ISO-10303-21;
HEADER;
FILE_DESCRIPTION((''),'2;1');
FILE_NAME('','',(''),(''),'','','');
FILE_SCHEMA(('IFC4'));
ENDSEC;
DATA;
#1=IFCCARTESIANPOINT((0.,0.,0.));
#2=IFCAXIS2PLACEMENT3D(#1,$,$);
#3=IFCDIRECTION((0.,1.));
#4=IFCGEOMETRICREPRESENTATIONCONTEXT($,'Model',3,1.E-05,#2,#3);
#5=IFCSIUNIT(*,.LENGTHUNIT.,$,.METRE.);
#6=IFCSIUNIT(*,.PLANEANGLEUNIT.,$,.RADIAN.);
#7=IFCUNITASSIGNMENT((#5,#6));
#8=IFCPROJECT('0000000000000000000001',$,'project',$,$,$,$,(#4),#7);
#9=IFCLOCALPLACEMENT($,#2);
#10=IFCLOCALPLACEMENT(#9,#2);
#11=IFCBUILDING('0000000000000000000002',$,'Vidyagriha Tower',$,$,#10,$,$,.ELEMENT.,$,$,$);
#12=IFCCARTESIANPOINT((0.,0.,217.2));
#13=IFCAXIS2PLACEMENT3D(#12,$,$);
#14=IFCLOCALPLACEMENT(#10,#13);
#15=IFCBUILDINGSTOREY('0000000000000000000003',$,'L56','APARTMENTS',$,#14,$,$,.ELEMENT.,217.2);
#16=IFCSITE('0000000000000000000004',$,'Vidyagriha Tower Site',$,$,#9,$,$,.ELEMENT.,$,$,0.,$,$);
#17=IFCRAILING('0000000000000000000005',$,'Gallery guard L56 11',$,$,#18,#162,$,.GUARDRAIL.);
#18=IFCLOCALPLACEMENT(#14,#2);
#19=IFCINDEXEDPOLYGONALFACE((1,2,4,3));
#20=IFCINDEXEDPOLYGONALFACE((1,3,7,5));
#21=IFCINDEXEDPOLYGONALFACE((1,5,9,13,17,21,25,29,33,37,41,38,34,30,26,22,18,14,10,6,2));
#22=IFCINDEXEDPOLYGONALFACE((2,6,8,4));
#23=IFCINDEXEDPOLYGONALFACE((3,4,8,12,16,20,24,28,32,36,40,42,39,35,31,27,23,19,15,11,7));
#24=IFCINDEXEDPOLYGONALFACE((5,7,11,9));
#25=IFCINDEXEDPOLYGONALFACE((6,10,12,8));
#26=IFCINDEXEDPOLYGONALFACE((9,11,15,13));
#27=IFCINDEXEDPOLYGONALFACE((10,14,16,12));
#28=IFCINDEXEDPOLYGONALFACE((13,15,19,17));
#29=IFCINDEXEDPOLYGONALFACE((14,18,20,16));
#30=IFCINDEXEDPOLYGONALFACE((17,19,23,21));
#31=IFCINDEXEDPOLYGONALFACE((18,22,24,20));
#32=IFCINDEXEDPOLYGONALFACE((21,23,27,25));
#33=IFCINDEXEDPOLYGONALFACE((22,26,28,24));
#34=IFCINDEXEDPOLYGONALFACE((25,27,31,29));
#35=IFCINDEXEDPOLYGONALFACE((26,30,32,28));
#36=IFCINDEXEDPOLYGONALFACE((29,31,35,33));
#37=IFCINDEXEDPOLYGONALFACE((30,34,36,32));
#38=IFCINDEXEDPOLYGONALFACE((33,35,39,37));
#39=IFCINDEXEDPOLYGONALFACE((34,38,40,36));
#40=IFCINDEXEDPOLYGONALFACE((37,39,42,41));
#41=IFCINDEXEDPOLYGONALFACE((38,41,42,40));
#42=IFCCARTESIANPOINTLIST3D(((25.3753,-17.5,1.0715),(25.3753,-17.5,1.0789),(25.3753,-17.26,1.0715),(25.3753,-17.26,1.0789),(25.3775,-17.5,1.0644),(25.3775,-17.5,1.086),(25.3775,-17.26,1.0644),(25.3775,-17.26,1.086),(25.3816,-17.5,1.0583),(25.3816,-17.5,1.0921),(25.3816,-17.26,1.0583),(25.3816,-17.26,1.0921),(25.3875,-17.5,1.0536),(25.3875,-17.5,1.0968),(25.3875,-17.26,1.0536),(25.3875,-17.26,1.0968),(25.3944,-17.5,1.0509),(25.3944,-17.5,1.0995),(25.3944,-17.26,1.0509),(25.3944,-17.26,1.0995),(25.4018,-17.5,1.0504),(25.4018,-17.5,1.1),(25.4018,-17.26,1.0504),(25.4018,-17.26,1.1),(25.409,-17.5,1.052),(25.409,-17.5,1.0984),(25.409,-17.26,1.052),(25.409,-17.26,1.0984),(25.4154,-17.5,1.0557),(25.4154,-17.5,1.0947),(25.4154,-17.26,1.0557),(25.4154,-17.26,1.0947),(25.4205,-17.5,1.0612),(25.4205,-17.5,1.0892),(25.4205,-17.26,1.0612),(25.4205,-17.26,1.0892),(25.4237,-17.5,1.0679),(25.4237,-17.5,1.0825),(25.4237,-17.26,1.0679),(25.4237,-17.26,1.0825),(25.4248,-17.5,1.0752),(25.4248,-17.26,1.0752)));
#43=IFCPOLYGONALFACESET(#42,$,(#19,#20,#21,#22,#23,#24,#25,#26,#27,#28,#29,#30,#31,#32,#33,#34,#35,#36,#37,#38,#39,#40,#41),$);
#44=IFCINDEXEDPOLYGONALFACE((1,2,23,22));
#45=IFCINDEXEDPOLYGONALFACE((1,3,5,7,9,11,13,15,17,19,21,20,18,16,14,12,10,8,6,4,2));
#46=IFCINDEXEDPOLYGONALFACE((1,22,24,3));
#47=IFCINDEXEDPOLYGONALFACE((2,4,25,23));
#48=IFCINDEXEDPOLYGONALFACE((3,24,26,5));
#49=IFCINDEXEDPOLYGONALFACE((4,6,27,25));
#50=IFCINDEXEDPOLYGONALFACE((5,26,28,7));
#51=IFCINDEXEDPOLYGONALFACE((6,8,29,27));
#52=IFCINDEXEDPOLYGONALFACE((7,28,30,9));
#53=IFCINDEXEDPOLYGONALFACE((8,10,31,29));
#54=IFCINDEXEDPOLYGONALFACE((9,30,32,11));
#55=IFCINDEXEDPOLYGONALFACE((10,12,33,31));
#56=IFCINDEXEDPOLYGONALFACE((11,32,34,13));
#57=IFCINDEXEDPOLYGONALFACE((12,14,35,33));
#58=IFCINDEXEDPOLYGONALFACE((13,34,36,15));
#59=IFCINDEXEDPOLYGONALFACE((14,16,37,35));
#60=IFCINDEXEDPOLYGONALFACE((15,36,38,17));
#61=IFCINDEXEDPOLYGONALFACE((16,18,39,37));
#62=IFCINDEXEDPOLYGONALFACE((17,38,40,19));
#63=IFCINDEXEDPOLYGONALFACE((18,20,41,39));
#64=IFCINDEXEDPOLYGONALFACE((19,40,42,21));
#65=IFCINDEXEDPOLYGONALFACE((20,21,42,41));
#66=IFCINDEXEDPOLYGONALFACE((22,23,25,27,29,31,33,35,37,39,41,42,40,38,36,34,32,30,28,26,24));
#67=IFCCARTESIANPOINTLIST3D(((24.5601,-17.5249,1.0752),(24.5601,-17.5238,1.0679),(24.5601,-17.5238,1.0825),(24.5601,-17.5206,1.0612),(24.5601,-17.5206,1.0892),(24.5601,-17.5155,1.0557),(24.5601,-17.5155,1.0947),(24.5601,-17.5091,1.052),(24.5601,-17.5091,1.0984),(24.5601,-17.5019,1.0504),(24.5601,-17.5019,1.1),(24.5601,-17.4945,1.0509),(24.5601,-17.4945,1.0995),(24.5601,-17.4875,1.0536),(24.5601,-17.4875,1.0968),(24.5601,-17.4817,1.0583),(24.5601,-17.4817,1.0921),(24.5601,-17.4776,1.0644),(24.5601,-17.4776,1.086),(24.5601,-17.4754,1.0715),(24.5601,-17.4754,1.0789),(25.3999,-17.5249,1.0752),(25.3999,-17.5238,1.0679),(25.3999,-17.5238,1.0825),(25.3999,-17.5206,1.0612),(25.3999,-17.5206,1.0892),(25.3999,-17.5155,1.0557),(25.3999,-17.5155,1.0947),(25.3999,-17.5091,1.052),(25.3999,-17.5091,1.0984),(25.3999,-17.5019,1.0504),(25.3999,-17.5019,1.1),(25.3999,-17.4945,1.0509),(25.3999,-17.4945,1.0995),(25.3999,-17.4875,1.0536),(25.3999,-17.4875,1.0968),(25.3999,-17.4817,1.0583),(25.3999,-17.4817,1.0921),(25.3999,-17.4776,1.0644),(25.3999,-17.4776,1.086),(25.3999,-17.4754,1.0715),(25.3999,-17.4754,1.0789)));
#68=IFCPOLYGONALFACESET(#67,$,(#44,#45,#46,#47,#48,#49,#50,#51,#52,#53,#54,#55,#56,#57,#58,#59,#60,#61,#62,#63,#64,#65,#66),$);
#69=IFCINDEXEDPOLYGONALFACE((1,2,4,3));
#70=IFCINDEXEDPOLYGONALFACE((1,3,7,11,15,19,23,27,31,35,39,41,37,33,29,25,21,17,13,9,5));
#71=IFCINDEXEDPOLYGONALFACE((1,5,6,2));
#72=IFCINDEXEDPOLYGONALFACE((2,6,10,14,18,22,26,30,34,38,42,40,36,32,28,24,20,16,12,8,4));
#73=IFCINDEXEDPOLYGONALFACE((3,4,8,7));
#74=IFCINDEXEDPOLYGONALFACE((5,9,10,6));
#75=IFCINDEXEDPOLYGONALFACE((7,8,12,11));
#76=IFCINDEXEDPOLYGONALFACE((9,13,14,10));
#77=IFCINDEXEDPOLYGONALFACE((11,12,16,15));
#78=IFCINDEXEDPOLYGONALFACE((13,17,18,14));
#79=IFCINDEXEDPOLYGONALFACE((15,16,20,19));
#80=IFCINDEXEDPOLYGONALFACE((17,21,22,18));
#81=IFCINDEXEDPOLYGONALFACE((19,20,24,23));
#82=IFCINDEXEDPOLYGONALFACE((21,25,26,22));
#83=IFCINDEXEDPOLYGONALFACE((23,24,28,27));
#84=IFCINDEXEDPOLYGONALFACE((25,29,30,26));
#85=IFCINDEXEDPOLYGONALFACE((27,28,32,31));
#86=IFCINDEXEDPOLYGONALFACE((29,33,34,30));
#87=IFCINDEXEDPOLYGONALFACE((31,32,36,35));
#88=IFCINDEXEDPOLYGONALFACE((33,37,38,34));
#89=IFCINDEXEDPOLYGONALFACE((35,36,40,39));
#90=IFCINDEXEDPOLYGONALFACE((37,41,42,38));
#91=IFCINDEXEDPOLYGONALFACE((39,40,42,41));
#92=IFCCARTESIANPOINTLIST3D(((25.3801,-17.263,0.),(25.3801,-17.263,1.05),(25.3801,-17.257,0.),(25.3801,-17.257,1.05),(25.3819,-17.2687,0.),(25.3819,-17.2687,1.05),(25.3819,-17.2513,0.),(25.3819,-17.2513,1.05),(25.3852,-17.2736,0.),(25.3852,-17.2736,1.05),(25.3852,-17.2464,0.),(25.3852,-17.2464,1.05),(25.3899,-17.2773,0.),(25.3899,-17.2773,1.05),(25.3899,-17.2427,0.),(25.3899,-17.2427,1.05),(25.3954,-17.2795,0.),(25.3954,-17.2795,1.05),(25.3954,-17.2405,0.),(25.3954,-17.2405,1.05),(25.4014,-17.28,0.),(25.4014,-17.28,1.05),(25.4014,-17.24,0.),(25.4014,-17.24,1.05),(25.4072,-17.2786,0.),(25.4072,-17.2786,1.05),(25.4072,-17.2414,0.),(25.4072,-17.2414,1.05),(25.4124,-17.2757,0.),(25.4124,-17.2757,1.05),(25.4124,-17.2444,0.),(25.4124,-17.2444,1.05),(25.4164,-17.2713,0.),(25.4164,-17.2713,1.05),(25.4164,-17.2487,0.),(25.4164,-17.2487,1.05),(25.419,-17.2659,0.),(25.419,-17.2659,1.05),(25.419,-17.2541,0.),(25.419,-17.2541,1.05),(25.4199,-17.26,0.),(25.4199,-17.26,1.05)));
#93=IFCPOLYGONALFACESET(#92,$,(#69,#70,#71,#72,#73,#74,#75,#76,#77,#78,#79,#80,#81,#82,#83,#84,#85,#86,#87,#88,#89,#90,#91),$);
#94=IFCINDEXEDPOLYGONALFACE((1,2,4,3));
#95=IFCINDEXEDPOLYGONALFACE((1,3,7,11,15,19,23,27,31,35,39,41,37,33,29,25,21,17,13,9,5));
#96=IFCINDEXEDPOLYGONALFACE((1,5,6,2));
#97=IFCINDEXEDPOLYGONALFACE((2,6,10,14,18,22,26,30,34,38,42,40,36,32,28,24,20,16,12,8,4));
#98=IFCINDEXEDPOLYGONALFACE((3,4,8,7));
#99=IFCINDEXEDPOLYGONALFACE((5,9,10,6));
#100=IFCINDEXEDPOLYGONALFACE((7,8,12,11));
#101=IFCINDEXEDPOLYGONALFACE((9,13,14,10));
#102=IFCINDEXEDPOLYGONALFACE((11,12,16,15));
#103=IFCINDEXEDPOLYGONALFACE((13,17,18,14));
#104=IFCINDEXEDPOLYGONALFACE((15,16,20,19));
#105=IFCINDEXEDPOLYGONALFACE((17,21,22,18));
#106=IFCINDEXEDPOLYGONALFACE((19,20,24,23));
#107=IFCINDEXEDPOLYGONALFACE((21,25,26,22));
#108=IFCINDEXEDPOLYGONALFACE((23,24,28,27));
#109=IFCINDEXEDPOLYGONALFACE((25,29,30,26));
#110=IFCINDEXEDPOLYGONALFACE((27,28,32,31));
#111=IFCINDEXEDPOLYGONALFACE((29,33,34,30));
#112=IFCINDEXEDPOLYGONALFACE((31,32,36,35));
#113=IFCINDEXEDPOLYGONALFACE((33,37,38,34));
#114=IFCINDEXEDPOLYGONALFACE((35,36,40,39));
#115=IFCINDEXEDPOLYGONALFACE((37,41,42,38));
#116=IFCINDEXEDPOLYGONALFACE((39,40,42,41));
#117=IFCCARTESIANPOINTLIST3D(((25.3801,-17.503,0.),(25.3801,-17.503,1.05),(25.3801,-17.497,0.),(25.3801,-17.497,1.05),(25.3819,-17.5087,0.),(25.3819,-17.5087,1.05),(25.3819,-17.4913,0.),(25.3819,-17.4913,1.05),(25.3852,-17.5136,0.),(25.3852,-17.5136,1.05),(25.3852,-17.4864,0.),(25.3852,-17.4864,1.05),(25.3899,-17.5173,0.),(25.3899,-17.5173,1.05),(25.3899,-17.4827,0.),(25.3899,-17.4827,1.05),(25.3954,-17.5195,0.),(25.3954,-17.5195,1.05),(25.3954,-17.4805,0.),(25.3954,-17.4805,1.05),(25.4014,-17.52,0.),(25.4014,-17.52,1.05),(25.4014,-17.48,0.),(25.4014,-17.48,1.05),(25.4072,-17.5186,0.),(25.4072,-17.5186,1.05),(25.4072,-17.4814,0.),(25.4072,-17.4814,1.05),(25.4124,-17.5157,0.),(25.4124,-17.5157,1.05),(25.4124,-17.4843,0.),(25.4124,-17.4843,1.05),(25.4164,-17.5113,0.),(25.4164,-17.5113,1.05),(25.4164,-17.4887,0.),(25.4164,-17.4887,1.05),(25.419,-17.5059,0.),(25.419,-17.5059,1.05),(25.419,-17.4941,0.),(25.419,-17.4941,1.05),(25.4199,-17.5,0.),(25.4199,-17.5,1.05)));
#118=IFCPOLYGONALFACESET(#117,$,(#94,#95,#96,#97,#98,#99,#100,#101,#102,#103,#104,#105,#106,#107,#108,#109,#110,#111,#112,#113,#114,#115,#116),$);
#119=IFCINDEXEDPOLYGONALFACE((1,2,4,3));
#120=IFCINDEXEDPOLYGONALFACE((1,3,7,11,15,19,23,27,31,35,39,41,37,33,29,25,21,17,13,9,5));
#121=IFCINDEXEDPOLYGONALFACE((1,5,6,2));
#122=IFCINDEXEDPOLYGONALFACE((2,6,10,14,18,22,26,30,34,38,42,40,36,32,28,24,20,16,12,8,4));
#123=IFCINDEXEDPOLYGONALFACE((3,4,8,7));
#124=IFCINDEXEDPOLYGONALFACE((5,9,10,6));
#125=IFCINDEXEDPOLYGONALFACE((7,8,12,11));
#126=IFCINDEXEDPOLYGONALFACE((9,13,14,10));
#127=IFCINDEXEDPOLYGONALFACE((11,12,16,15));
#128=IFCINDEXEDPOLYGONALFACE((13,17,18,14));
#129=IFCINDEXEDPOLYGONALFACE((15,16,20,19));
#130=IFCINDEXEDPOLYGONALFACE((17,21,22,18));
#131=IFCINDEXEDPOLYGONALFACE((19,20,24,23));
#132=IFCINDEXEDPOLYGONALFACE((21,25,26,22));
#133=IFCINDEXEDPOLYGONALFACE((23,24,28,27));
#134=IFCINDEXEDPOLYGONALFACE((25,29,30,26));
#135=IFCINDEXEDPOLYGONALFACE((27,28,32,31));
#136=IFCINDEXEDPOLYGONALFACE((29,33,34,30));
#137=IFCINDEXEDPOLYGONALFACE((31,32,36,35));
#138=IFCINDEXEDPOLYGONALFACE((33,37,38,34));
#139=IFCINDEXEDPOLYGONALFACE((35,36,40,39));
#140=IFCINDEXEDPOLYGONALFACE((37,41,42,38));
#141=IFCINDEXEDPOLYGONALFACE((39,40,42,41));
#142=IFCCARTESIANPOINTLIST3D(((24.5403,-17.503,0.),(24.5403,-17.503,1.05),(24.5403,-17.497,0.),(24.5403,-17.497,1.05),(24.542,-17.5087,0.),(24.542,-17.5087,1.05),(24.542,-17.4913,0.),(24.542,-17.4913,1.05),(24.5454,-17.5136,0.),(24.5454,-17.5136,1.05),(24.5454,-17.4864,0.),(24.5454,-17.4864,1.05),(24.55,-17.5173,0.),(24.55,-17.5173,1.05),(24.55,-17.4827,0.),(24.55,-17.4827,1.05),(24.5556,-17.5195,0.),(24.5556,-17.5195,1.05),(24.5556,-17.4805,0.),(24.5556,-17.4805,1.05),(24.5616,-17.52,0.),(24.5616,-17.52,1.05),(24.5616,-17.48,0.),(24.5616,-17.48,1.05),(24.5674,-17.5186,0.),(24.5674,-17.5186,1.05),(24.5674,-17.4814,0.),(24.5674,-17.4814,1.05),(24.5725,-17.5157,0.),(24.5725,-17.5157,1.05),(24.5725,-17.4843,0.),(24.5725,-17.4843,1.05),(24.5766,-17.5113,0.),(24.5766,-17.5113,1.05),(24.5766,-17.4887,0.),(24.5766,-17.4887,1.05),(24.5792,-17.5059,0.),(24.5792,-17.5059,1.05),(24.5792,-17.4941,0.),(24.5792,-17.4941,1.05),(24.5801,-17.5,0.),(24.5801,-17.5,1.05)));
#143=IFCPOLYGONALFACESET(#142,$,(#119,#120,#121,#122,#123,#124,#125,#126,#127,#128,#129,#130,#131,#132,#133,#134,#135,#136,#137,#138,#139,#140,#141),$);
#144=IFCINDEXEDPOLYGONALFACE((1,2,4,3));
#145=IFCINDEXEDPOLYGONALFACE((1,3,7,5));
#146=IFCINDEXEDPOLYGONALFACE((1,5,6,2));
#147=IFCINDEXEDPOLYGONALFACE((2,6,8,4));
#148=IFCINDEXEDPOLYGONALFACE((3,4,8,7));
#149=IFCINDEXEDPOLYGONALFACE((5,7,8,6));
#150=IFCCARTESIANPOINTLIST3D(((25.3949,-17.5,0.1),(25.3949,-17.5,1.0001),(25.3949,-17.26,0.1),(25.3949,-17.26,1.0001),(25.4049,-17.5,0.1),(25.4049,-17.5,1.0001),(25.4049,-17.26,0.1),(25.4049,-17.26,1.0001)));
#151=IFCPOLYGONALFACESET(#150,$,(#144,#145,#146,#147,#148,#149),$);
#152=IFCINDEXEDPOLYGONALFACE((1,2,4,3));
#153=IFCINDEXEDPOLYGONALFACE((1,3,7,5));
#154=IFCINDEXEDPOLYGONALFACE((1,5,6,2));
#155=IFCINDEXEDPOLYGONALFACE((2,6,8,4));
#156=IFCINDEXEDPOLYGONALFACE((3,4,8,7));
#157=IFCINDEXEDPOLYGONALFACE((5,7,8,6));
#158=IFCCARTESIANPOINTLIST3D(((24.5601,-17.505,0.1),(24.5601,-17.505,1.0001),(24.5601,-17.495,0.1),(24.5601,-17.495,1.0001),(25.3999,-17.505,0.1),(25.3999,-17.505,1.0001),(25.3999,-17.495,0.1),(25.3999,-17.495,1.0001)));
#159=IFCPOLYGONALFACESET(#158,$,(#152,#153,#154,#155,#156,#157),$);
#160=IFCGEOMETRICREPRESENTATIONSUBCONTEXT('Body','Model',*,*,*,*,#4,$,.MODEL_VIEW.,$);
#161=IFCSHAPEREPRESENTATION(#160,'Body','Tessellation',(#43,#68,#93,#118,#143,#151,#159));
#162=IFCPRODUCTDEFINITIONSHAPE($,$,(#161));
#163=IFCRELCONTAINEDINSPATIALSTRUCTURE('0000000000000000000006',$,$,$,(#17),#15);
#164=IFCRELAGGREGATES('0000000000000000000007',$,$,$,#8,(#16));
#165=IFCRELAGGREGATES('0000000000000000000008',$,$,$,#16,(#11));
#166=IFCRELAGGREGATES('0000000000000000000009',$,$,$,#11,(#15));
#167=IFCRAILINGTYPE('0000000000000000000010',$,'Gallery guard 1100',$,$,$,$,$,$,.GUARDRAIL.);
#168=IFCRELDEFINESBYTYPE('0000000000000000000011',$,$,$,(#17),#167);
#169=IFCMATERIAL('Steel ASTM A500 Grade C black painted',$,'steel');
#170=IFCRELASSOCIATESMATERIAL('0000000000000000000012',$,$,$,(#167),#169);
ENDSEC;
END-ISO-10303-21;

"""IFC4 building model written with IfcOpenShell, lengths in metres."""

from ifc_helpers import new_model, si_unit, direction, frame, origin, origin_2d, place, context, subcontext, project, spatial, rectangle, circle, extrude, material, type_object, element, save


model = new_model("IFC4")

# Units and contexts
model_context = context("Model", 3, precision=1e-05, world=origin(), true_north=direction((0.0, 1.0)))
body_context = subcontext(model_context, "Body", "Model", "MODEL_VIEW")
ifc_project = project(units=[si_unit("LENGTHUNIT", "METRE"), si_unit("PLANEANGLEUNIT", "RADIAN")], contexts=[model_context])

# Site, building, storey
site_placement = place(None, origin())
site = spatial("IfcSite", under=ifc_project, at=site_placement, Name="Vidyagriha Tower Site", CompositionType="ELEMENT", RefElevation=0.0)
building_placement = place(site_placement, origin())
building = spatial("IfcBuilding", under=site, at=building_placement, Name="Vidyagriha Tower", CompositionType="ELEMENT")
storey_placement = place(building_placement, frame((0.0, 0.0, 217.2)))
storey = spatial("IfcBuildingStorey", under=building, at=storey_placement, Name="L56", Description="APARTMENTS", CompositionType="ELEMENT", Elevation=217.2)

# Railing
ifc_material_1 = material(Name="Steel ASTM A500 Grade C black painted", Category="steel")
railing_type = type_object("IfcRailingType", Name="Gallery guard 1100", PredefinedType="GUARDRAIL", material=ifc_material_1)
railing_placement = place(storey_placement, frame((25.3999, -17.26, 0.0)))
element("IfcRailing", 1, at=railing_placement, inside=storey, type_object=railing_type, Name="Gallery guard L56 11", PredefinedType="GUARDRAIL", context=body_context, shape_type="SweptSolid", body=[
    extrude(circle(Radius=0.0249, at=origin_2d()), frame((0.0, 0.0, 1.0752), z_axis=(0.0, -1.0, 0.0), x_axis=(1.0, 0.0, 0.0)), (0.0, 0.0, 1.0), 0.24),
    extrude(circle(Radius=0.0249, at=origin_2d()), frame((0.0, -0.24, 1.0752), z_axis=(-1.0, 0.0, 0.0), x_axis=(0.0, -1.0, 0.0)), (0.0, 0.0, 1.0), 0.8398),
    extrude(circle(Radius=0.02, at=origin_2d()), origin(), (0.0, 0.0, 1.0), 1.05),
    extrude(circle(Radius=0.02, at=origin_2d()), frame((0.0, -0.24, 0.0)), (0.0, 0.0, 1.0), 1.05),
    extrude(circle(Radius=0.02, at=origin_2d()), frame((-0.8398, -0.24, 0.0)), (0.0, 0.0, 1.0), 1.05),
    extrude(rectangle(XDim=0.01, YDim=0.9001, at=origin_2d()), frame((0.0, 0.0, 0.55), z_axis=(0.0, -1.0, 0.0), x_axis=(1.0, 0.0, 0.0)), (0.0, 0.0, 1.0), 0.24),
    extrude(rectangle(XDim=0.01, YDim=0.9001, at=origin_2d()), frame((0.0, -0.24, 0.55), z_axis=(-1.0, 0.0, 0.0), x_axis=(0.0, -1.0, 0.0)), (0.0, 0.0, 1.0), 0.8398),
])

save(model, "model.ifc")
